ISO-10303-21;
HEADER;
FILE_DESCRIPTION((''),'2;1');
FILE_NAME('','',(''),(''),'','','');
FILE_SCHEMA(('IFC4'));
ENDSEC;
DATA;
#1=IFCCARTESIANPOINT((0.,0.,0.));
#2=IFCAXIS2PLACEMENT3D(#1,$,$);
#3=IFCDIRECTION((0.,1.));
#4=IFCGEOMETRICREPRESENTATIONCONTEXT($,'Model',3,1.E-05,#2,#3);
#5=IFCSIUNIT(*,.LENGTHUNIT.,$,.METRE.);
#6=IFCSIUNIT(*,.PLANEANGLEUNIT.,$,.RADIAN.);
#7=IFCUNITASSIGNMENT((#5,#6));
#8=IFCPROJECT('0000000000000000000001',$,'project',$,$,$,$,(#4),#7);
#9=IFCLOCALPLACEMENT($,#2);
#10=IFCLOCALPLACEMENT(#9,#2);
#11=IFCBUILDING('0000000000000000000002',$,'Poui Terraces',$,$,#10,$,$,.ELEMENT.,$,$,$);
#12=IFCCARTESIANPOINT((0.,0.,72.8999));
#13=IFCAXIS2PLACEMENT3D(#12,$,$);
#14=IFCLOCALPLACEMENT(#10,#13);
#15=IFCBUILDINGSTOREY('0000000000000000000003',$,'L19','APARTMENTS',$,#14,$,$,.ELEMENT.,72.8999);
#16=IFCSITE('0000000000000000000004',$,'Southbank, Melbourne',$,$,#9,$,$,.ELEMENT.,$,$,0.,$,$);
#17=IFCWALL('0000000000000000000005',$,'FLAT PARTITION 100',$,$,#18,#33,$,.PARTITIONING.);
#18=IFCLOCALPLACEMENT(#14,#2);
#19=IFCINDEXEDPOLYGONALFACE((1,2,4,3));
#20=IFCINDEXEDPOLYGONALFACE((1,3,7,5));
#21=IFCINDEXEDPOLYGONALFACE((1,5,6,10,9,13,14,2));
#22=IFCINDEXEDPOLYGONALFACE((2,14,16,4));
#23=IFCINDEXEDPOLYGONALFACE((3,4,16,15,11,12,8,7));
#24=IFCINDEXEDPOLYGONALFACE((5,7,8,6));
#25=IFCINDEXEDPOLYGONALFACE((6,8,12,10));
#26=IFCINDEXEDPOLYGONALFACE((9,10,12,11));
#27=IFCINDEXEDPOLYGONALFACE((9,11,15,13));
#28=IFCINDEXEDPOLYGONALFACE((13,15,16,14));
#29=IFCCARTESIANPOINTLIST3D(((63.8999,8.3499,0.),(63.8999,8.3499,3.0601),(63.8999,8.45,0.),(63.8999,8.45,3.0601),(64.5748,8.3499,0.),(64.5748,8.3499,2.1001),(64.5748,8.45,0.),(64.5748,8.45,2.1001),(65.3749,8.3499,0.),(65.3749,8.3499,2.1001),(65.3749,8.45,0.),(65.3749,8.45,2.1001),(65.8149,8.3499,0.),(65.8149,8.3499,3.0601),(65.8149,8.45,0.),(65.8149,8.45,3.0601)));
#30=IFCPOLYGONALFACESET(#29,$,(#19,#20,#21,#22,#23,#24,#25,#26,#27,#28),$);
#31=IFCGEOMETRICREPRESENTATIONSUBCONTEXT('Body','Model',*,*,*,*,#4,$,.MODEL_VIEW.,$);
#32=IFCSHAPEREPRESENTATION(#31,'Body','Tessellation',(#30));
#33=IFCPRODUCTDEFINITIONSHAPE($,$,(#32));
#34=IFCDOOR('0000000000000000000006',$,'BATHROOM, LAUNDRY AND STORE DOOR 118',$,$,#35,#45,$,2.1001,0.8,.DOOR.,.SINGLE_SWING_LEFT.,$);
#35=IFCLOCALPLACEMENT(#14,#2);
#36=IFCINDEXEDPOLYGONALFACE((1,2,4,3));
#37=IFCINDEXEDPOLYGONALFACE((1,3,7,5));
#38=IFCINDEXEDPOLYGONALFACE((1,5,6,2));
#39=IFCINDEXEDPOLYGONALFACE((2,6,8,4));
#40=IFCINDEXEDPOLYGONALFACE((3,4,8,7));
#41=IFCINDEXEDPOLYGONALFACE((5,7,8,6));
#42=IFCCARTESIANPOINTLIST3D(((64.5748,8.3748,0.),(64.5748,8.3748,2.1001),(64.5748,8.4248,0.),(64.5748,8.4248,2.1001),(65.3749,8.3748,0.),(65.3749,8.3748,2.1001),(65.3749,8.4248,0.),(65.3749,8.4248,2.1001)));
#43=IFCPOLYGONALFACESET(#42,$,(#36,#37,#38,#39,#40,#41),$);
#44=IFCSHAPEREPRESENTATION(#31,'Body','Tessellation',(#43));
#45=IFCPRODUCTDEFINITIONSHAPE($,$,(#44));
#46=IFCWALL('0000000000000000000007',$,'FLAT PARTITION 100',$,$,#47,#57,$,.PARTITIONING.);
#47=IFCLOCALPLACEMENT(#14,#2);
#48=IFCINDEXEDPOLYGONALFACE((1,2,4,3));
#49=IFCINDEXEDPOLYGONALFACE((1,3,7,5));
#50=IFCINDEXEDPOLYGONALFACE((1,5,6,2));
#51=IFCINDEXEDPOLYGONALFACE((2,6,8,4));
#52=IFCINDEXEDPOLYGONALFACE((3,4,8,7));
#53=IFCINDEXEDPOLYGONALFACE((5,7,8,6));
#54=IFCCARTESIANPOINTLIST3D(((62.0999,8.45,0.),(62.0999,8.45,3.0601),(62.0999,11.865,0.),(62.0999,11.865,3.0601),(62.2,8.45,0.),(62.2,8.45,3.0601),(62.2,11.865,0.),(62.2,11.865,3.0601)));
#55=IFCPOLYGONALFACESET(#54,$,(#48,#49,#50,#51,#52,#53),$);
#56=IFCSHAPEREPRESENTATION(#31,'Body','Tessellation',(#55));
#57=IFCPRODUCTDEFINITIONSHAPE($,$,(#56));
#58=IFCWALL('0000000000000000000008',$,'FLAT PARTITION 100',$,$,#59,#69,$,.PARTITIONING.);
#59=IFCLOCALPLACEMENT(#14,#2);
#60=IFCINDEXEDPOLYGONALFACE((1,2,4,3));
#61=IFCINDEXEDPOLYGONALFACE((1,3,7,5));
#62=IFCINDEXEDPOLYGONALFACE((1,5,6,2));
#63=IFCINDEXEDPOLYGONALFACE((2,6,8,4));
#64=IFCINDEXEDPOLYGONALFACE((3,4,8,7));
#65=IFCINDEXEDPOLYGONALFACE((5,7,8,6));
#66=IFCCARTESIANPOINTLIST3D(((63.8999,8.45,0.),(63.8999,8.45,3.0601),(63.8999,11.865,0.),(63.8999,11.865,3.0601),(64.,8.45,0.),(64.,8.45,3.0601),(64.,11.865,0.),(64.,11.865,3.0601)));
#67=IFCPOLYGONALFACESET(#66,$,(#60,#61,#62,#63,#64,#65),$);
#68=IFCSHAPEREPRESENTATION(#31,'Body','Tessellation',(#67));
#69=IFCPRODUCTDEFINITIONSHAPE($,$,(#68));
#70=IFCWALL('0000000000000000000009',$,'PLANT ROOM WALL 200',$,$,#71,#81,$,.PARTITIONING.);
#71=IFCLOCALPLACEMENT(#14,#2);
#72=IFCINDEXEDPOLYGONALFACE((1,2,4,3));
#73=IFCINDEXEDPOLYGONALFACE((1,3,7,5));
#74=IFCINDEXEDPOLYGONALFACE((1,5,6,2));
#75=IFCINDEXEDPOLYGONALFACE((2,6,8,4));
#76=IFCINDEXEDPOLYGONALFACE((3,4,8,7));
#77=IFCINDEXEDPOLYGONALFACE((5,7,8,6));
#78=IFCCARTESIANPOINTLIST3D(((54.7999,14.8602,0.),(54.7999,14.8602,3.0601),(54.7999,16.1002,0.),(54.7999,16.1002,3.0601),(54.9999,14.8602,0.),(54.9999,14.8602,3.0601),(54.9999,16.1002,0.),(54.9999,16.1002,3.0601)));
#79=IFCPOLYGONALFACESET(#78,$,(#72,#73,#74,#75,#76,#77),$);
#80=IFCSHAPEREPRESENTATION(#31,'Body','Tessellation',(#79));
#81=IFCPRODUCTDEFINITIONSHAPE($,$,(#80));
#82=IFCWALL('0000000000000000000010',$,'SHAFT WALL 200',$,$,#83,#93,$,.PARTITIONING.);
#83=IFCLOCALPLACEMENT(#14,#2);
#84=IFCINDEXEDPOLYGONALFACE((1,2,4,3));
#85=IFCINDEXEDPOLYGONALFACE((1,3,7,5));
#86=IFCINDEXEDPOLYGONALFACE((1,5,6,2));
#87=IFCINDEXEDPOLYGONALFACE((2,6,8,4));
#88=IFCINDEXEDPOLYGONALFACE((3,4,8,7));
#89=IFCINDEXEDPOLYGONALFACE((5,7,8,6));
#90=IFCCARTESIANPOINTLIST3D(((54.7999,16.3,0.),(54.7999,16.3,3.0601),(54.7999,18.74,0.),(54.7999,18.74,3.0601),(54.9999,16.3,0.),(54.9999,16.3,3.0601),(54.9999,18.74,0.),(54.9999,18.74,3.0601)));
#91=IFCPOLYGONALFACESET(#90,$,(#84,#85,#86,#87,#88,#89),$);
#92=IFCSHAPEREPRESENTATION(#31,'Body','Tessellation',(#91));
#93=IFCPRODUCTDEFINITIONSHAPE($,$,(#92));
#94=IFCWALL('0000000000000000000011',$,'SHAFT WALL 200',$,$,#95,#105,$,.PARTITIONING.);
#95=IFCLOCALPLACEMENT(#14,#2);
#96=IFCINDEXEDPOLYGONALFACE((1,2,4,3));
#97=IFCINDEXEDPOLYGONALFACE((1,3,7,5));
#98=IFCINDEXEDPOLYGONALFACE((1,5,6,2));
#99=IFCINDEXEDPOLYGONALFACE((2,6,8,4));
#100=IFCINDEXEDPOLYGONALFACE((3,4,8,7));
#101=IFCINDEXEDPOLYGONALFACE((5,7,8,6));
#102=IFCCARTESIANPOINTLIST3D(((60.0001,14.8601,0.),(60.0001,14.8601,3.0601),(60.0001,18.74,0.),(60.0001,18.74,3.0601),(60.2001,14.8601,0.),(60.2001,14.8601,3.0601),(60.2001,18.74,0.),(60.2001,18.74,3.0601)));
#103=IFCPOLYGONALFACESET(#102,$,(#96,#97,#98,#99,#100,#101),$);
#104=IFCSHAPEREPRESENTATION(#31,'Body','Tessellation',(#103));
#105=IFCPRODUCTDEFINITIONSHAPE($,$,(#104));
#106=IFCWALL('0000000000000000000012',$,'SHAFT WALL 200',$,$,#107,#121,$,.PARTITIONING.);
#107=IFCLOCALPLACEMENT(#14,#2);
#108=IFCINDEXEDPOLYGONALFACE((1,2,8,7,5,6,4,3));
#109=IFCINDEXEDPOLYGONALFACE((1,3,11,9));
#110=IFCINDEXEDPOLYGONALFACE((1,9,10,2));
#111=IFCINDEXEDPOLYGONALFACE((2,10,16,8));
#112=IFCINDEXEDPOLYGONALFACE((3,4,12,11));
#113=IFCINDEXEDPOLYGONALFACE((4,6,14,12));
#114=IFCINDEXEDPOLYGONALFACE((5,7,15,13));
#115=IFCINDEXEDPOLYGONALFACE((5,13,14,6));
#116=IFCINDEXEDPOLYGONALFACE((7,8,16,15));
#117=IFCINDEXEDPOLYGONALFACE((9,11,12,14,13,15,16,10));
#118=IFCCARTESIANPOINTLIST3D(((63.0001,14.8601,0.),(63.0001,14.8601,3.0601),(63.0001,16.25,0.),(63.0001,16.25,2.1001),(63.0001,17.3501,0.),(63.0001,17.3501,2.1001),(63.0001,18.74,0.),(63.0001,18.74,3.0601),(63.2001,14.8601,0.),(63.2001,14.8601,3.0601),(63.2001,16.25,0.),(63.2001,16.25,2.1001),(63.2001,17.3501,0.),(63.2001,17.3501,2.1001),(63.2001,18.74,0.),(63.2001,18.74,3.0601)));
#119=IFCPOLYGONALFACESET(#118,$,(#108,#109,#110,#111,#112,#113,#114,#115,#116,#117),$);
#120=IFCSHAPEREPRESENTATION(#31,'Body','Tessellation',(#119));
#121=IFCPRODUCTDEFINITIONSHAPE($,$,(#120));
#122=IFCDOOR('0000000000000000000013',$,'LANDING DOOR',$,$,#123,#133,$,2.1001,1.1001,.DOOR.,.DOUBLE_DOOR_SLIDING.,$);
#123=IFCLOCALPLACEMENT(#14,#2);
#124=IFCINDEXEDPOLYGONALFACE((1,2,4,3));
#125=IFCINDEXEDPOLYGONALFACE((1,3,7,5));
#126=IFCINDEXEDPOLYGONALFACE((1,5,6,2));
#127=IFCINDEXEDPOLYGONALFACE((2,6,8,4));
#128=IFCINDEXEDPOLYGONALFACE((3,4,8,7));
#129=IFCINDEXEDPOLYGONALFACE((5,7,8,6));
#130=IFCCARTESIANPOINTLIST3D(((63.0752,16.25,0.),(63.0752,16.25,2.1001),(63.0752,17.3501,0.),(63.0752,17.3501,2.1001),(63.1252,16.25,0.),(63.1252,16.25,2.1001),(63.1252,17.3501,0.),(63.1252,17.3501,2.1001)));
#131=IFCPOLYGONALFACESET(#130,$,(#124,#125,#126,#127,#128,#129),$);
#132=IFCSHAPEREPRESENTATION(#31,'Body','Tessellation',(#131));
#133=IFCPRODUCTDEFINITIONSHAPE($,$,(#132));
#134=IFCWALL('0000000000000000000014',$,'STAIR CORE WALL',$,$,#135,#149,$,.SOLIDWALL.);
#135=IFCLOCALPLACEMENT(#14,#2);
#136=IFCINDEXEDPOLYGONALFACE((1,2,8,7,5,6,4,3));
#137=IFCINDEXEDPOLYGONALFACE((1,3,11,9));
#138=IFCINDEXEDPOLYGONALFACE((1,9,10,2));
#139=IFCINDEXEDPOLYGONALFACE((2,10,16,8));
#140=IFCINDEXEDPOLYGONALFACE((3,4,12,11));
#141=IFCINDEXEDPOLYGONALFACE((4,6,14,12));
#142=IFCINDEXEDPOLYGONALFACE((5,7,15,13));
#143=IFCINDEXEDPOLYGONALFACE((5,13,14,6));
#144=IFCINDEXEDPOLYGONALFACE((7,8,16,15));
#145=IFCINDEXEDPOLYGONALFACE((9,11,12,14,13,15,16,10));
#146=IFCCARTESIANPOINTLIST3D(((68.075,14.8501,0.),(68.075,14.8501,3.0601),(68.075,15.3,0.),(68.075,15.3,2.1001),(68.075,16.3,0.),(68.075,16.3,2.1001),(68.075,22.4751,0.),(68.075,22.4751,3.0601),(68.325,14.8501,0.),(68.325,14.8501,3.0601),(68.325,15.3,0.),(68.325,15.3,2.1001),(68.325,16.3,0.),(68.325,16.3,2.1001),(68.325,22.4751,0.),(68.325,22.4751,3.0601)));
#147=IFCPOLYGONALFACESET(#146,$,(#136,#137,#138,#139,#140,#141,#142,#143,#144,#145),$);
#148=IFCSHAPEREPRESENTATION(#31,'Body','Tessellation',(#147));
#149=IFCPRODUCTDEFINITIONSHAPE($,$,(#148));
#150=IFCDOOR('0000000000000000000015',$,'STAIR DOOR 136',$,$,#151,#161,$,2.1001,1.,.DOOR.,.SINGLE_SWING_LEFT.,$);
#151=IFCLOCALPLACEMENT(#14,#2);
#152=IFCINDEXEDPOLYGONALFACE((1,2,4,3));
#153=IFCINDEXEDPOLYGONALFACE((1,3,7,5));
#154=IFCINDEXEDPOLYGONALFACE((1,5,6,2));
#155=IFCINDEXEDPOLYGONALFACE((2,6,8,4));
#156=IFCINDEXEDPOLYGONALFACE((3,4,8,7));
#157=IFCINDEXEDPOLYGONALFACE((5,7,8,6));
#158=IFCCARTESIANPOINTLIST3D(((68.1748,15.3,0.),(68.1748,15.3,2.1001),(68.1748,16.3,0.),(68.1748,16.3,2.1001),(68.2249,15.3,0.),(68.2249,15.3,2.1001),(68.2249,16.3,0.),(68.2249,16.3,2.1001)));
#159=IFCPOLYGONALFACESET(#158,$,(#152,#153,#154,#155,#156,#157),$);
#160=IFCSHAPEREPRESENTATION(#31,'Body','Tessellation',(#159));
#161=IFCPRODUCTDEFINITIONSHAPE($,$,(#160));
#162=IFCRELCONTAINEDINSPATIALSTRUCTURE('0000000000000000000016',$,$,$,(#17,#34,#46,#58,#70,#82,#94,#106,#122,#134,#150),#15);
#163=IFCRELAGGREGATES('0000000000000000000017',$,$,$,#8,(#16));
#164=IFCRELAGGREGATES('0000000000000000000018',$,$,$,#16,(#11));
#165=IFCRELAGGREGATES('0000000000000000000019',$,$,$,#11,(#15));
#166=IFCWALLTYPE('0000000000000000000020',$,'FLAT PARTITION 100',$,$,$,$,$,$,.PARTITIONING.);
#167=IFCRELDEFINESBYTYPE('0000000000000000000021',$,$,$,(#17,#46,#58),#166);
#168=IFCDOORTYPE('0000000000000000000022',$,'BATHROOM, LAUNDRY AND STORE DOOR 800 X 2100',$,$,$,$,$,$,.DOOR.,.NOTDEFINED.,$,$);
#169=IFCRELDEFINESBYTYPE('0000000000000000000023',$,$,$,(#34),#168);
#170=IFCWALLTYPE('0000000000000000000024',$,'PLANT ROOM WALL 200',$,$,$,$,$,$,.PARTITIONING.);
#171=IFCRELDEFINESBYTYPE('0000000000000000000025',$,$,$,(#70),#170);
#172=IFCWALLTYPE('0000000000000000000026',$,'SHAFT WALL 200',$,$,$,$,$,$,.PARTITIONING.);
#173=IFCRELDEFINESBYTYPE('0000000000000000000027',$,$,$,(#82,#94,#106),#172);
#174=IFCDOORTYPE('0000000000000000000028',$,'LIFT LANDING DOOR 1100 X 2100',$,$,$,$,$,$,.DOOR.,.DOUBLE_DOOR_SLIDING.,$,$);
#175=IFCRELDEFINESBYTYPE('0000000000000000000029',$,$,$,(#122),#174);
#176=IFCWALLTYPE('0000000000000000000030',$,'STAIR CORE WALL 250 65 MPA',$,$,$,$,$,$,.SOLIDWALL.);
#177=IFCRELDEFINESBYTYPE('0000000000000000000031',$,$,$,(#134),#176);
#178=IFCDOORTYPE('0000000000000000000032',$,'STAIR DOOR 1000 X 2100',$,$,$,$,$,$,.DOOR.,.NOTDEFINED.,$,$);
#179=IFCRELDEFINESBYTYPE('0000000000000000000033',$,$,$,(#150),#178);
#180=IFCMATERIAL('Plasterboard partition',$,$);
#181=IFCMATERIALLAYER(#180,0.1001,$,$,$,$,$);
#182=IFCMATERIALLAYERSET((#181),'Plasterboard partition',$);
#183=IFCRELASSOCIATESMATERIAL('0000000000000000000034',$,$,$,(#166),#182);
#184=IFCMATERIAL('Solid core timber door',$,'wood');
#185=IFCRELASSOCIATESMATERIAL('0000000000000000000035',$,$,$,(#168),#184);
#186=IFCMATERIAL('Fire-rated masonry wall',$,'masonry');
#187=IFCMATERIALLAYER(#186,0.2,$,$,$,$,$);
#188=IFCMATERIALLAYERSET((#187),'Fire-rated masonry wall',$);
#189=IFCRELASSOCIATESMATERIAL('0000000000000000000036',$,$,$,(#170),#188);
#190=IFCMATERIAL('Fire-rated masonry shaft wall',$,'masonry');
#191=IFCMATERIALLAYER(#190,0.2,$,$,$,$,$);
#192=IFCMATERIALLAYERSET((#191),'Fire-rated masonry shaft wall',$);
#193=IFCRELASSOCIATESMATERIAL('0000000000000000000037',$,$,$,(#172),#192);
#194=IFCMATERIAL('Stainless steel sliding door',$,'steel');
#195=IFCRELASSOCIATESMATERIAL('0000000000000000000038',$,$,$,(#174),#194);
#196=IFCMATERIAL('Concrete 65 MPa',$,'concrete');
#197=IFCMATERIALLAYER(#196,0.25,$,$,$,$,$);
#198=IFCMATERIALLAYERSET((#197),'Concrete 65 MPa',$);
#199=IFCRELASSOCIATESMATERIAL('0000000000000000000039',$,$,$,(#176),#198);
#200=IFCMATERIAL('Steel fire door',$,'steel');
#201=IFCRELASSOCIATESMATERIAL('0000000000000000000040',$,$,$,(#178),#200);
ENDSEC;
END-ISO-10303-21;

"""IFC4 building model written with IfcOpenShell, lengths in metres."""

from ifc_helpers import new_model, si_unit, direction, frame, frame_2d, origin, place, context, subcontext, project, spatial, rectangle, extrude, material, layer, layer_set, type_object, element, fill, save


model = new_model("IFC4")

# Units and contexts
model_context = context("Model", 3, precision=1e-05, world=origin(), true_north=direction((0.0, 1.0)))
body_context = subcontext(model_context, "Body", "Model", "MODEL_VIEW")
ifc_project = project(units=[si_unit("LENGTHUNIT", "METRE"), si_unit("PLANEANGLEUNIT", "RADIAN")], contexts=[model_context])

# Site, building, storey
site_placement = place(None, origin())
site = spatial("IfcSite", under=ifc_project, at=site_placement, Name="Southbank, Melbourne", CompositionType="ELEMENT", RefElevation=0.0)
building_placement = place(site_placement, origin())
building = spatial("IfcBuilding", under=site, at=building_placement, Name="Poui Terraces", CompositionType="ELEMENT")
storey_placement = place(building_placement, frame((0.0, 0.0, 72.8999)))
storey = spatial("IfcBuildingStorey", under=building, at=storey_placement, Name="L19", Description="APARTMENTS", CompositionType="ELEMENT", Elevation=72.8999)

# Shared definitions
ifc_material_1 = material(Name="Concrete 65 MPa", Category="concrete")

# Wall, opening, door
ifc_material_2 = material(Name="Steel fire door", Category="steel")
ifc_material_3 = material(Name="Plasterboard partition")
ifc_layer_1 = layer(ifc_material_3, 0.1001)
ifc_layer_set_1 = layer_set([ifc_layer_1], Name="Plasterboard partition")
wall_type_1 = type_object("IfcWallType", Name="FLAT PARTITION 100", PredefinedType="PARTITIONING", material=ifc_layer_set_1)
ifc_material_4 = material(Name="Solid core timber door", Category="wood")
door_type_1 = type_object("IfcDoorType", Name="BATHROOM, LAUNDRY AND STORE DOOR 800 X 2100", OperationType="NOTDEFINED", PredefinedType="DOOR", material=ifc_material_4)
wall_1_placement = place(storey_placement, frame((63.8999, 8.3999, 0.0), z_axis=(0.0, 0.0, 1.0), x_axis=(1.0, 0.0, 0.0)))
wall_1 = element("IfcWall", 1, at=wall_1_placement, inside=storey, type_object=wall_type_1, Name="FLAT PARTITION 100", PredefinedType="PARTITIONING", context=body_context, shape_type="SweptSolid", body=[
    extrude(rectangle(XDim=1.915, YDim=0.1001, at=frame_2d((0.9575, 0.0))), origin(), (0.0, 0.0, 1.0), 3.0601),
])
opening_1_placement = place(wall_1_placement, frame((0.675, 0.0, 0.0)))
opening_1 = element("IfcOpeningElement", 2, at=opening_1_placement, cuts=wall_1, PredefinedType="OPENING", context=body_context, shape_type="SweptSolid", body=[
    extrude(rectangle(XDim=0.8, YDim=2.1001, at=frame_2d((0.3999, 1.05))), frame((0.0, 0.0601, 0.0), z_axis=(0.0, -1.0, 0.0), x_axis=(1.0, 0.0, 0.0)), (0.0, 0.0, 1.0), 0.1201),
])
door_1_placement = place(opening_1_placement, origin())
door_1 = element("IfcDoor", 3, at=door_1_placement, inside=storey, type_object=door_type_1, Name="BATHROOM, LAUNDRY AND STORE DOOR 118", OperationType="SINGLE_SWING_LEFT", OverallHeight=2.1001, OverallWidth=0.8, PredefinedType="DOOR", context=body_context, shape_type="SweptSolid", body=[
    extrude(rectangle(XDim=0.8, YDim=2.1001, at=frame_2d((0.3999, 1.05))), frame((0.0, 0.0249, 0.0), z_axis=(0.0, -1.0, 0.0), x_axis=(1.0, 0.0, 0.0)), (0.0, 0.0, 1.0), 0.05),
])
fill(opening_1, door_1)

# Walls
for number, where, z_axis, x_axis, name in (
    (4, (62.1499, 8.45, 0.0), (0.0, 0.0, 1.0), (0.0, 1.0, 0.0), "FLAT PARTITION 100"),
    (5, (63.95, 8.45, 0.0), (0.0, 0.0, 1.0), (0.0, 1.0, 0.0), "FLAT PARTITION 100"),
):
    element("IfcWall", number, at=place(storey_placement, frame(where, z_axis=z_axis, x_axis=x_axis)), inside=storey, type_object=wall_type_1, Name=name, PredefinedType="PARTITIONING", context=body_context, shape_type="SweptSolid", body=[
        extrude(rectangle(XDim=3.415, YDim=0.1001, at=frame_2d((1.7075, 0.0))), origin(), (0.0, 0.0, 1.0), 3.0601),
    ])
ifc_material_5 = material(Name="Fire-rated masonry wall", Category="masonry")
ifc_layer_2 = layer(ifc_material_5, 0.2)
ifc_layer_set_2 = layer_set([ifc_layer_2], Name="Fire-rated masonry wall")
wall_type_2 = type_object("IfcWallType", Name="PLANT ROOM WALL 200", PredefinedType="PARTITIONING", material=ifc_layer_set_2)
wall_2_placement = place(storey_placement, frame((54.8999, 14.8601, 0.0), z_axis=(0.0, 0.0, 1.0), x_axis=(0.0, 1.0, 0.0)))
element("IfcWall", 6, at=wall_2_placement, inside=storey, type_object=wall_type_2, Name="PLANT ROOM WALL 200", PredefinedType="PARTITIONING", context=body_context, shape_type="SweptSolid", body=[
    extrude(rectangle(XDim=1.24, YDim=0.2, at=frame_2d((0.6201, 0.0))), origin(), (0.0, 0.0, 1.0), 3.0601),
])
ifc_material_6 = material(Name="Fire-rated masonry shaft wall", Category="masonry")
ifc_layer_3 = layer(ifc_material_6, 0.2)
ifc_layer_set_3 = layer_set([ifc_layer_3], Name="Fire-rated masonry shaft wall")
wall_type_3 = type_object("IfcWallType", Name="SHAFT WALL 200", PredefinedType="PARTITIONING", material=ifc_layer_set_3)
wall_3_placement = place(storey_placement, frame((54.8999, 16.3, 0.0), z_axis=(0.0, 0.0, 1.0), x_axis=(0.0, 1.0, 0.0)))
element("IfcWall", 7, at=wall_3_placement, inside=storey, type_object=wall_type_3, Name="SHAFT WALL 200", PredefinedType="PARTITIONING", context=body_context, shape_type="SweptSolid", body=[
    extrude(rectangle(XDim=2.4399, YDim=0.2, at=frame_2d((1.22, 0.0))), origin(), (0.0, 0.0, 1.0), 3.0601),
])
wall_4_placement = place(storey_placement, frame((60.1001, 14.8601, 0.0), z_axis=(0.0, 0.0, 1.0), x_axis=(0.0, 1.0, 0.0)))
element("IfcWall", 8, at=wall_4_placement, inside=storey, type_object=wall_type_3, Name="SHAFT WALL 200", PredefinedType="PARTITIONING", context=body_context, shape_type="SweptSolid", body=[
    extrude(rectangle(XDim=3.8799, YDim=0.2, at=frame_2d((1.9399, 0.0))), origin(), (0.0, 0.0, 1.0), 3.0601),
])

# Walls, openings, doors
wall_5_placement = place(storey_placement, frame((63.1001, 14.8601, 0.0), z_axis=(0.0, 0.0, 1.0), x_axis=(0.0, 1.0, 0.0)))
wall_5 = element("IfcWall", 9, at=wall_5_placement, inside=storey, type_object=wall_type_3, Name="SHAFT WALL 200", PredefinedType="PARTITIONING", context=body_context, shape_type="SweptSolid", body=[
    extrude(rectangle(XDim=3.8799, YDim=0.2, at=frame_2d((1.9399, 0.0))), origin(), (0.0, 0.0, 1.0), 3.0601),
])
opening_2_placement = place(wall_5_placement, frame((1.3899, 0.0, 0.0)))
opening_2 = element("IfcOpeningElement", 10, at=opening_2_placement, cuts=wall_5, PredefinedType="OPENING", context=body_context, shape_type="SweptSolid", body=[
    extrude(rectangle(XDim=1.1001, YDim=2.1001, at=frame_2d((0.55, 1.05))), frame((0.0, 0.1099, 0.0), z_axis=(0.0, -1.0, 0.0), x_axis=(1.0, 0.0, 0.0)), (0.0, 0.0, 1.0), 0.22),
])
ifc_material_7 = material(Name="Stainless steel sliding door", Category="steel")
door_type_2 = type_object("IfcDoorType", Name="LIFT LANDING DOOR 1100 X 2100", OperationType="DOUBLE_DOOR_SLIDING", PredefinedType="DOOR", material=ifc_material_7)
door_2_placement = place(opening_2_placement, origin())
door_2 = element("IfcDoor", 11, at=door_2_placement, inside=storey, type_object=door_type_2, Name="LANDING DOOR", OperationType="DOUBLE_DOOR_SLIDING", OverallHeight=2.1001, OverallWidth=1.1001, PredefinedType="DOOR", context=body_context, shape_type="SweptSolid", body=[
    extrude(rectangle(XDim=1.1001, YDim=2.1001, at=frame_2d((0.55, 1.05))), frame((0.0, 0.0249, 0.0), z_axis=(0.0, -1.0, 0.0), x_axis=(1.0, 0.0, 0.0)), (0.0, 0.0, 1.0), 0.05),
])
fill(opening_2, door_2)
ifc_layer_4 = layer(ifc_material_1, 0.25)
ifc_layer_set_4 = layer_set([ifc_layer_4], Name="Concrete 65 MPa")
wall_type_4 = type_object("IfcWallType", Name="STAIR CORE WALL 250 65 MPA", PredefinedType="SOLIDWALL", material=ifc_layer_set_4)
wall_6_placement = place(storey_placement, frame((68.2, 14.8501, 0.0), z_axis=(0.0, 0.0, 1.0), x_axis=(0.0, 1.0, 0.0)))
wall_6 = element("IfcWall", 12, at=wall_6_placement, inside=storey, type_object=wall_type_4, Name="STAIR CORE WALL", PredefinedType="SOLIDWALL", context=body_context, shape_type="SweptSolid", body=[
    extrude(rectangle(XDim=7.625, YDim=0.25, at=frame_2d((3.8125, 0.0))), origin(), (0.0, 0.0, 1.0), 3.0601),
])
opening_3_placement = place(wall_6_placement, frame((0.45, 0.0, 0.0)))
opening_3 = element("IfcOpeningElement", 13, at=opening_3_placement, cuts=wall_6, PredefinedType="OPENING", context=body_context, shape_type="SweptSolid", body=[
    extrude(rectangle(XDim=1.0, YDim=2.1001, at=frame_2d((0.5, 1.05))), frame((0.0, 0.135, 0.0), z_axis=(0.0, -1.0, 0.0), x_axis=(1.0, 0.0, 0.0)), (0.0, 0.0, 1.0), 0.27),
])
door_type_3 = type_object("IfcDoorType", Name="STAIR DOOR 1000 X 2100", OperationType="NOTDEFINED", PredefinedType="DOOR", material=ifc_material_2)
door_3_placement = place(opening_3_placement, frame((1.0, 0.0, 0.0), z_axis=(0.0, 0.0, 1.0), x_axis=(-1.0, 0.0, 0.0)))
door_3 = element("IfcDoor", 14, at=door_3_placement, inside=storey, type_object=door_type_3, Name="STAIR DOOR 136", OperationType="SINGLE_SWING_LEFT", OverallHeight=2.1001, OverallWidth=1.0, PredefinedType="DOOR", context=body_context, shape_type="SweptSolid", body=[
    extrude(rectangle(XDim=1.0, YDim=2.1001, at=frame_2d((0.5, 1.05))), frame((0.0, 0.0249, 0.0), z_axis=(0.0, -1.0, 0.0), x_axis=(1.0, 0.0, 0.0)), (0.0, 0.0, 1.0), 0.05),
])
fill(opening_3, door_3)

save(model, "model.ifc")
